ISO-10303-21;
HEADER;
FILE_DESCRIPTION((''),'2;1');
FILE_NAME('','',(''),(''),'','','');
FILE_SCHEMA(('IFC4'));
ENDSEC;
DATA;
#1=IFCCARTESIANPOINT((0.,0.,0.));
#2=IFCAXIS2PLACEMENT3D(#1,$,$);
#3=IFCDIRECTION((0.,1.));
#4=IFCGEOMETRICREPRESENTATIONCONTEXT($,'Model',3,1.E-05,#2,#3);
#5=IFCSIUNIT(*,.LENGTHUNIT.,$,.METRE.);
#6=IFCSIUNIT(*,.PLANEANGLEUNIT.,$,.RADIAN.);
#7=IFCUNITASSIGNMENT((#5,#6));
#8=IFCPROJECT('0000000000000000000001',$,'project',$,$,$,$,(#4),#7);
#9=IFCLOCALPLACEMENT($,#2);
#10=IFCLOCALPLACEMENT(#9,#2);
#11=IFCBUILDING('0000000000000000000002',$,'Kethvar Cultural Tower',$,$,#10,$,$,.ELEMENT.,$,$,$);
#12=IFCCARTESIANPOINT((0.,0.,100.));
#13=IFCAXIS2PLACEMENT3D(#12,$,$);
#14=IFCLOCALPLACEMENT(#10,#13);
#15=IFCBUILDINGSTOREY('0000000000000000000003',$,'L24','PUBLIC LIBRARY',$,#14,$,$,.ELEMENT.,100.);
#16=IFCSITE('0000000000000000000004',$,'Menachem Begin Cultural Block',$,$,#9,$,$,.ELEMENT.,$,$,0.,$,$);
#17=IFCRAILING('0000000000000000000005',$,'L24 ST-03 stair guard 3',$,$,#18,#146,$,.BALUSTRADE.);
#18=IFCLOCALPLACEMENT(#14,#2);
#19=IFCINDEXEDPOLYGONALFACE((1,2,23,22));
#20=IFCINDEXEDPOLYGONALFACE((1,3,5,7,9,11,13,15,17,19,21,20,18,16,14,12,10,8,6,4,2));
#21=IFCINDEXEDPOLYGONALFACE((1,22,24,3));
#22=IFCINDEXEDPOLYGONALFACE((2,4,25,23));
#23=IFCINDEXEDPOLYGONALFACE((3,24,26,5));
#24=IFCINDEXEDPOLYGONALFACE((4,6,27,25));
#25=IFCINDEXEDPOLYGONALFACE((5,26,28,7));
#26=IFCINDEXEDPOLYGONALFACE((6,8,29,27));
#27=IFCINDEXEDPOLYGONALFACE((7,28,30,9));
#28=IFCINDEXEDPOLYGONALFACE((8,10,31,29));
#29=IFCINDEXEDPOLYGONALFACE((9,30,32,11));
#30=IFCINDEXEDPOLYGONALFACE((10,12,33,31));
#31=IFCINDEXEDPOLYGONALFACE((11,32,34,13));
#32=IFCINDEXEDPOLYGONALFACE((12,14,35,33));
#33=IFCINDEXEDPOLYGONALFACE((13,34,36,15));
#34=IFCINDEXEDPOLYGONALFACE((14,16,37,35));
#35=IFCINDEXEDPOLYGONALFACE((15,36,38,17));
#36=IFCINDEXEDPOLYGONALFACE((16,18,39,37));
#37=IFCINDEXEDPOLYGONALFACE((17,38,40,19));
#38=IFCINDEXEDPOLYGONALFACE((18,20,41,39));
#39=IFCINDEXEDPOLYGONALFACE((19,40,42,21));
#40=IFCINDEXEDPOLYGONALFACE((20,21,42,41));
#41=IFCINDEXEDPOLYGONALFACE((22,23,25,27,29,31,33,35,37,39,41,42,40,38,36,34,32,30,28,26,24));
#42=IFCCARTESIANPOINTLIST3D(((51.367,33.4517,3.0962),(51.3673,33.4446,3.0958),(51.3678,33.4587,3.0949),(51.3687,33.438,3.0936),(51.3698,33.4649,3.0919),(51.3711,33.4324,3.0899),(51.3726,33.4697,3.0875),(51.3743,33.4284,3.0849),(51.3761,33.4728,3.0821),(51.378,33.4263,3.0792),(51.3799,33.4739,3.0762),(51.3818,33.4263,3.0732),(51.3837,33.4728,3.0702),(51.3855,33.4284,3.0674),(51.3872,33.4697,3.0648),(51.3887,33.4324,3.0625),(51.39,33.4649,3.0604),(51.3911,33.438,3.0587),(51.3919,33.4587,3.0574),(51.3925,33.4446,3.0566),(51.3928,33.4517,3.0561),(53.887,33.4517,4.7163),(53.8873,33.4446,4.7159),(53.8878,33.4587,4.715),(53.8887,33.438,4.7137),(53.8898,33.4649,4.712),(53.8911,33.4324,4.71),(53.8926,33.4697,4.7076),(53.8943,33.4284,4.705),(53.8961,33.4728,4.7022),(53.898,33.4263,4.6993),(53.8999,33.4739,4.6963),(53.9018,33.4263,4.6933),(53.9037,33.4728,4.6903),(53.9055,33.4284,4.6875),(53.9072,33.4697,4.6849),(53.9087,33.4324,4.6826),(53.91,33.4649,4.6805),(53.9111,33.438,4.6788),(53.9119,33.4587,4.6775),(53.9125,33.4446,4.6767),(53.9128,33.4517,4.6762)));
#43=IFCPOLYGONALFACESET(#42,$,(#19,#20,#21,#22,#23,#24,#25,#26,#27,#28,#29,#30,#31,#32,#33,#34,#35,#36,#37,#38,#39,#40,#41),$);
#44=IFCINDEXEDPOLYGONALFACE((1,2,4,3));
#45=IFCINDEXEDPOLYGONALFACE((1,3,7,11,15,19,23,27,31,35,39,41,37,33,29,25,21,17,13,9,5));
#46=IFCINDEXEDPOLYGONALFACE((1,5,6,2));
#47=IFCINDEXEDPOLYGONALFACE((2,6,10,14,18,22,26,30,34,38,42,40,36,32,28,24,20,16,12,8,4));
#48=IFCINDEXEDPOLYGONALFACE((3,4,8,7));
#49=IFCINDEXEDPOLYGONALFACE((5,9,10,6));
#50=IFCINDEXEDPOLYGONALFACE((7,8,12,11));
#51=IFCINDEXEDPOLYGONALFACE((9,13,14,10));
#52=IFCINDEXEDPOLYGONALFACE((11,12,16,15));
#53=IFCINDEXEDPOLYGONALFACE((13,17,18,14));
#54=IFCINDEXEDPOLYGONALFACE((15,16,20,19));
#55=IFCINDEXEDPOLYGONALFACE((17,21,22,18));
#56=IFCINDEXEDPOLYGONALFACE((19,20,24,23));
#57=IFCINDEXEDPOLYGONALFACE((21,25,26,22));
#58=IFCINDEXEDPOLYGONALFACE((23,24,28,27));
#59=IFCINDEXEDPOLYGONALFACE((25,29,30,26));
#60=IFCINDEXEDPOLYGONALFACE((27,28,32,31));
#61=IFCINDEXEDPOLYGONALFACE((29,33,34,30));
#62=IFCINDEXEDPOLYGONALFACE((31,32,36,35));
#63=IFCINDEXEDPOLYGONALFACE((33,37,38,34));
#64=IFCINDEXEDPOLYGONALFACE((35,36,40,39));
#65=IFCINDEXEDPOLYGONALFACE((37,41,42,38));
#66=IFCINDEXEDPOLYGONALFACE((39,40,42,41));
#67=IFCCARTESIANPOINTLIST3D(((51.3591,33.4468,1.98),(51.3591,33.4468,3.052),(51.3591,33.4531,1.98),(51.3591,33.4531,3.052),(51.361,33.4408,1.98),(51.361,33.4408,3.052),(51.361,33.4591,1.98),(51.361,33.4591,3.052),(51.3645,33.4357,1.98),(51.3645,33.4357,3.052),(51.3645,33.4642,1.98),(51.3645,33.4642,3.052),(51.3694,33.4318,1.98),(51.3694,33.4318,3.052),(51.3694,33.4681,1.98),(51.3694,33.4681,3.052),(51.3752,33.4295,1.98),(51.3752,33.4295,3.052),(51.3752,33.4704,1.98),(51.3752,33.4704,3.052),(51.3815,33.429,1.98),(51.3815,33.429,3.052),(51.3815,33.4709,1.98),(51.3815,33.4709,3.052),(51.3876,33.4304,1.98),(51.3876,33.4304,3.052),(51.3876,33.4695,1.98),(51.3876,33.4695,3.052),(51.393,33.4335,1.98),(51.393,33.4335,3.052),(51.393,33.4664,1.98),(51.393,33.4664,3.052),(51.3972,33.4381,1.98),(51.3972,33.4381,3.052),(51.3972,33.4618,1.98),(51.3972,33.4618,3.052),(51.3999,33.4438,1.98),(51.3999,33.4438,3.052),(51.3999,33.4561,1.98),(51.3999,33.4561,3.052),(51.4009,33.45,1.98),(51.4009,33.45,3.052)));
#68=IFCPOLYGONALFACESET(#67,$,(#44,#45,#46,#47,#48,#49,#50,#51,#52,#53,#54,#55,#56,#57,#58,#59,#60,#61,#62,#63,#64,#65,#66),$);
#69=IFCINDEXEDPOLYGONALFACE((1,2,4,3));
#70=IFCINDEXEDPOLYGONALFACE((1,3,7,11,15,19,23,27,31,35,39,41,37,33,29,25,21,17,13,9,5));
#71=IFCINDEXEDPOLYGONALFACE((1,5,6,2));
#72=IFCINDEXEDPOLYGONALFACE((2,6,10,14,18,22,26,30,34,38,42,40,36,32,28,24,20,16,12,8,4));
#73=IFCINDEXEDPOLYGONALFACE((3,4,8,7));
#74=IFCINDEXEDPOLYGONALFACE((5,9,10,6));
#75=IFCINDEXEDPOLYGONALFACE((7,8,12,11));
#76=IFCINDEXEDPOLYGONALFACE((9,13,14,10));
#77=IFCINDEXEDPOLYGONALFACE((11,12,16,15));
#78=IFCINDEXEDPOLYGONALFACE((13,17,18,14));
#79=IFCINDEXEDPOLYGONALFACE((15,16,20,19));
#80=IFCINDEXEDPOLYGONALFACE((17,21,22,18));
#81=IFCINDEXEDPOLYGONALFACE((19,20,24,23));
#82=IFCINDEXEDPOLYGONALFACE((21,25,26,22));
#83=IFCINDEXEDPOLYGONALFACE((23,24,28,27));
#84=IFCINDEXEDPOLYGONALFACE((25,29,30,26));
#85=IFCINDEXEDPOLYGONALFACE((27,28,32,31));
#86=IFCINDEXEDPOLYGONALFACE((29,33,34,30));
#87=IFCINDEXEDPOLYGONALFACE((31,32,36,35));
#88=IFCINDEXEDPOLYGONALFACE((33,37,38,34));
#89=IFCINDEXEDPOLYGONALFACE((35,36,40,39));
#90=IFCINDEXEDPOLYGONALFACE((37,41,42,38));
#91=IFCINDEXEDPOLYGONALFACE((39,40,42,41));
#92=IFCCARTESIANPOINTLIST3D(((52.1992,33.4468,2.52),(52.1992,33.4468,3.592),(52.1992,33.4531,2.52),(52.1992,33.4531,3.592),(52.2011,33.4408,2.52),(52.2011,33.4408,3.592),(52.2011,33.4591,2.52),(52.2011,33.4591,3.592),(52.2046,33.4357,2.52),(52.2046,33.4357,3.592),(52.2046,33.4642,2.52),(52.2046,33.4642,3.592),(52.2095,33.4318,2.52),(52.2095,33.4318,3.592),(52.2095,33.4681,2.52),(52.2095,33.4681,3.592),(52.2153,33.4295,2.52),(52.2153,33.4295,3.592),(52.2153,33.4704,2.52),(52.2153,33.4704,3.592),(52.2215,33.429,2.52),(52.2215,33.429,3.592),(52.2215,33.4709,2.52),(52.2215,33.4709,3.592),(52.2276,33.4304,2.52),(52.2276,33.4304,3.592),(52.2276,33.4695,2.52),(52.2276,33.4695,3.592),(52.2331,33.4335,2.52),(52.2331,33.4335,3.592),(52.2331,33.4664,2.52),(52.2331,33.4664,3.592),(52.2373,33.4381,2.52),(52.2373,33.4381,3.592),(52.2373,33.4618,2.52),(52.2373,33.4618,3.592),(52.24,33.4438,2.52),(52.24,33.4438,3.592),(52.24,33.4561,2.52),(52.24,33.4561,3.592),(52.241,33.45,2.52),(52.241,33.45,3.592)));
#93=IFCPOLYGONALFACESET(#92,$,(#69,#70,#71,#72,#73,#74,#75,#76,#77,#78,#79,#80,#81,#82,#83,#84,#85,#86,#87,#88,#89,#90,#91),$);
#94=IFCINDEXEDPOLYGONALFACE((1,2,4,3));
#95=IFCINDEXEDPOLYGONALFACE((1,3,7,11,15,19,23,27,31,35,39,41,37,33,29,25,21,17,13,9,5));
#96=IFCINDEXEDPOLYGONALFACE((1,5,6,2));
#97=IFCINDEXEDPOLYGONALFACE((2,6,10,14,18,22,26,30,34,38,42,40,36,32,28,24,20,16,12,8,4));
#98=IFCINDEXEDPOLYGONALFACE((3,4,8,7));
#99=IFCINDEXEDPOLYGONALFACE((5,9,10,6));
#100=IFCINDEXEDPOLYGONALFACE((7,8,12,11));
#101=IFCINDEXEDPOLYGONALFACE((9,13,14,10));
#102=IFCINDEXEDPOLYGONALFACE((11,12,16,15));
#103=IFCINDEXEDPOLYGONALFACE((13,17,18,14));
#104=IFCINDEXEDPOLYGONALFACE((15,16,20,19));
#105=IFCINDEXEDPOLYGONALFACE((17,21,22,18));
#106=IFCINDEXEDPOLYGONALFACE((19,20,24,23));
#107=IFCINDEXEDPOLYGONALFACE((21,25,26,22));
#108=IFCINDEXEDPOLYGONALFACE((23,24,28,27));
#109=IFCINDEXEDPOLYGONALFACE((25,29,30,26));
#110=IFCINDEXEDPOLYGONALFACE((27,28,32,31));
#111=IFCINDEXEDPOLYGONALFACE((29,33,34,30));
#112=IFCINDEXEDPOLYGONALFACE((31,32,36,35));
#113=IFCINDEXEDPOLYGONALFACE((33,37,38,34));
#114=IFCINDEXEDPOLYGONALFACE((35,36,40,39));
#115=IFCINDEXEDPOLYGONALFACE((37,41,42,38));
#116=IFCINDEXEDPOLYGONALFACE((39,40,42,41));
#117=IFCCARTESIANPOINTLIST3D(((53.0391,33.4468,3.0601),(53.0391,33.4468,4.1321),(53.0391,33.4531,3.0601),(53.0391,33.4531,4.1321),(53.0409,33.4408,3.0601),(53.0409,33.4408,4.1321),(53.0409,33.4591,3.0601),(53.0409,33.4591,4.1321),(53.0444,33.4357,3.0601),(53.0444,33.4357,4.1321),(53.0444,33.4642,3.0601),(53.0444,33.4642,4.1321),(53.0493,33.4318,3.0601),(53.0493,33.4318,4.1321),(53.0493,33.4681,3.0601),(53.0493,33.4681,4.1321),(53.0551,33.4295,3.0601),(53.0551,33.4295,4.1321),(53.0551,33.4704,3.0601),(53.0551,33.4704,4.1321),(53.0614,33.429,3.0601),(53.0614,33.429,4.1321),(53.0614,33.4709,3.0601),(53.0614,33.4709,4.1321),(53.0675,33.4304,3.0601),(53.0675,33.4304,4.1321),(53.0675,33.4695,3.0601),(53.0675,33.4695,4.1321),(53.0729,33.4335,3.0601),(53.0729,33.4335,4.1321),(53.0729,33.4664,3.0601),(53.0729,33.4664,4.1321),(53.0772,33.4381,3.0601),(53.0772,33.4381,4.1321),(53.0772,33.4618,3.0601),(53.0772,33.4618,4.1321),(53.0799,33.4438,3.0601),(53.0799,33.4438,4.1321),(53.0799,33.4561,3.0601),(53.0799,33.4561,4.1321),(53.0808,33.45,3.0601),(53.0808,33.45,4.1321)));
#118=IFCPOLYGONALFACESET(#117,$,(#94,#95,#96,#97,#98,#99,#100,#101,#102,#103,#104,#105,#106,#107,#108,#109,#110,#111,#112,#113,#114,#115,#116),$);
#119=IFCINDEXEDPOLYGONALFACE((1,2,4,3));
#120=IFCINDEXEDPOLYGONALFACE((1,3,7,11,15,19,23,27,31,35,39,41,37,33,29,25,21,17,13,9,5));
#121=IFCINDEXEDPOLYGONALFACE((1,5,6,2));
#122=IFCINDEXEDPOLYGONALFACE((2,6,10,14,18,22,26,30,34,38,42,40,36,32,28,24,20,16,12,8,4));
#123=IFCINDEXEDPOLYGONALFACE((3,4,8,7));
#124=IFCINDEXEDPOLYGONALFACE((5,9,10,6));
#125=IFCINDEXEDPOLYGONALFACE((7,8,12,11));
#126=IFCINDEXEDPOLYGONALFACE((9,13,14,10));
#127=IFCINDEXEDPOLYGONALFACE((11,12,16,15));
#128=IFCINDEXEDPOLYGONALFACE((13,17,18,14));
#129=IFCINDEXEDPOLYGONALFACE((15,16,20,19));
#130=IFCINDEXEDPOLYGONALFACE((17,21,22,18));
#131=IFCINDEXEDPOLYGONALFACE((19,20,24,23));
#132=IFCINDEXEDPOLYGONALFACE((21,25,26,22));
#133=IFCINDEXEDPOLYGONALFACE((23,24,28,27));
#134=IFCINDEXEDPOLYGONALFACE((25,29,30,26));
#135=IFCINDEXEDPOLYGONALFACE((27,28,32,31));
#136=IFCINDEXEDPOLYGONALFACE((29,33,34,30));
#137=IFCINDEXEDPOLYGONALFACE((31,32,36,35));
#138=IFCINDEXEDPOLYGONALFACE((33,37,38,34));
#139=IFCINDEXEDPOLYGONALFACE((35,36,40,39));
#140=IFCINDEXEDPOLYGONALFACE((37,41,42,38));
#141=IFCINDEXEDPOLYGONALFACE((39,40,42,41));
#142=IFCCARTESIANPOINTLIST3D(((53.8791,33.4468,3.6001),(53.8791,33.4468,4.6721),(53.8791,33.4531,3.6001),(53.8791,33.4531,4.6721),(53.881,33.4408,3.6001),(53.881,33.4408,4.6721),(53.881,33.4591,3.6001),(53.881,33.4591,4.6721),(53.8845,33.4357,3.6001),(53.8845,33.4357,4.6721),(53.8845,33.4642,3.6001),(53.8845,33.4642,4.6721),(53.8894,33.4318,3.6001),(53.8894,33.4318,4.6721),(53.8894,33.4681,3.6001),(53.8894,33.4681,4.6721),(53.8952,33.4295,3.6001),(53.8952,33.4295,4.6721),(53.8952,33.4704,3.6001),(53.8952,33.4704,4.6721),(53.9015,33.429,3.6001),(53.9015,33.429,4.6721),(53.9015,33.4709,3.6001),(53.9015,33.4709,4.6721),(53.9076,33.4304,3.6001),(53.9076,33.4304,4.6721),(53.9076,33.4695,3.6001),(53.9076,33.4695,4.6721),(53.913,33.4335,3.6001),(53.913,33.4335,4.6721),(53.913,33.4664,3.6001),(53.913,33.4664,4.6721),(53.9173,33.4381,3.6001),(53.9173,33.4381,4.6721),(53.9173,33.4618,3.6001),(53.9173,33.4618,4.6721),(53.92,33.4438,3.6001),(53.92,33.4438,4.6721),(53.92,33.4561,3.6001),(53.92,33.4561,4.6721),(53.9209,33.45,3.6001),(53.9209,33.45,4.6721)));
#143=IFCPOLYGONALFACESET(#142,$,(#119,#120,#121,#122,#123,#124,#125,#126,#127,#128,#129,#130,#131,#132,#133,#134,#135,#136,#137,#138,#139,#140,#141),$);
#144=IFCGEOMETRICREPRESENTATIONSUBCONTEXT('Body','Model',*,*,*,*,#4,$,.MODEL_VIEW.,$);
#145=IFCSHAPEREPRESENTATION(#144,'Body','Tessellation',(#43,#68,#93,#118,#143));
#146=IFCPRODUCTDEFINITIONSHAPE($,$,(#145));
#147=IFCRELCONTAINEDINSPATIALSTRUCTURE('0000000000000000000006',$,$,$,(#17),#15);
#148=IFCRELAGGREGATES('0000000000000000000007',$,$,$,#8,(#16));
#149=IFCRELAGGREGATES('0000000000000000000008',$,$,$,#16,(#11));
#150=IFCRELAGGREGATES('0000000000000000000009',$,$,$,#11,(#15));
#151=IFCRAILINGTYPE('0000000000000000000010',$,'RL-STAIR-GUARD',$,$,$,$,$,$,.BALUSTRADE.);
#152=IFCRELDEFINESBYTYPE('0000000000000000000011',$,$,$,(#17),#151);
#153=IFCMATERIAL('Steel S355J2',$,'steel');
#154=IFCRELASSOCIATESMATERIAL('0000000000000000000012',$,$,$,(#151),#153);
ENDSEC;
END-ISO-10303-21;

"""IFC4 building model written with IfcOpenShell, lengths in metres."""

from ifc_helpers import new_model, si_unit, direction, frame, origin, origin_2d, place, context, subcontext, project, spatial, circle, extrude, material, type_object, element, save


model = new_model("IFC4")

# Units and contexts
model_context = context("Model", 3, precision=1e-05, world=origin(), true_north=direction((0.0, 1.0)))
body_context = subcontext(model_context, "Body", "Model", "MODEL_VIEW")
ifc_project = project(units=[si_unit("LENGTHUNIT", "METRE"), si_unit("PLANEANGLEUNIT", "RADIAN")], contexts=[model_context])

# Site, building, storey
site_placement = place(None, origin())
site = spatial("IfcSite", under=ifc_project, at=site_placement, Name="Menachem Begin Cultural Block", CompositionType="ELEMENT", RefElevation=0.0)
building_placement = place(site_placement, origin())
building = spatial("IfcBuilding", under=site, at=building_placement, Name="Kethvar Cultural Tower", CompositionType="ELEMENT")
storey_placement = place(building_placement, frame((0.0, 0.0, 100.0)))
storey = spatial("IfcBuildingStorey", under=building, at=storey_placement, Name="L24", Description="PUBLIC LIBRARY", CompositionType="ELEMENT", Elevation=100.0)

# Shared definitions
ifc_material_1 = material(Name="Steel S355J2", Category="steel")

# Railing
railing_type_1 = type_object("IfcRailingType", Name="RL-STAIR-GUARD", PredefinedType="BALUSTRADE", material=ifc_material_1)
railing_1_placement = place(storey_placement, frame((51.3799, 33.45, 1.98)))
element("IfcRailing", 1, at=railing_1_placement, inside=storey, type_object=railing_type_1, Name="L24 ST-03 stair guard 3", PredefinedType="BALUSTRADE", context=body_context, shape_type="SweptSolid", body=[
    extrude(circle(Radius=0.0239, at=origin_2d()), frame((0.0, 0.0, 1.0962), z_axis=(0.841163, 0.0, 0.540782), x_axis=(0.0, 1.0, 0.0)), (0.0, 0.0, 1.0), 2.9958),
    extrude(circle(Radius=0.021, at=origin_2d()), origin(), (0.0, 0.0, 1.0), 1.072),
    extrude(circle(Radius=0.021, at=origin_2d()), frame((0.8401, 0.0, 0.54)), (0.0, 0.0, 1.0), 1.072),
    extrude(circle(Radius=0.021, at=origin_2d()), frame((1.6799, 0.0, 1.0801)), (0.0, 0.0, 1.0), 1.072),
    extrude(circle(Radius=0.021, at=origin_2d()), frame((2.52, 0.0, 1.6201)), (0.0, 0.0, 1.0), 1.072),
])

save(model, "model.ifc")
